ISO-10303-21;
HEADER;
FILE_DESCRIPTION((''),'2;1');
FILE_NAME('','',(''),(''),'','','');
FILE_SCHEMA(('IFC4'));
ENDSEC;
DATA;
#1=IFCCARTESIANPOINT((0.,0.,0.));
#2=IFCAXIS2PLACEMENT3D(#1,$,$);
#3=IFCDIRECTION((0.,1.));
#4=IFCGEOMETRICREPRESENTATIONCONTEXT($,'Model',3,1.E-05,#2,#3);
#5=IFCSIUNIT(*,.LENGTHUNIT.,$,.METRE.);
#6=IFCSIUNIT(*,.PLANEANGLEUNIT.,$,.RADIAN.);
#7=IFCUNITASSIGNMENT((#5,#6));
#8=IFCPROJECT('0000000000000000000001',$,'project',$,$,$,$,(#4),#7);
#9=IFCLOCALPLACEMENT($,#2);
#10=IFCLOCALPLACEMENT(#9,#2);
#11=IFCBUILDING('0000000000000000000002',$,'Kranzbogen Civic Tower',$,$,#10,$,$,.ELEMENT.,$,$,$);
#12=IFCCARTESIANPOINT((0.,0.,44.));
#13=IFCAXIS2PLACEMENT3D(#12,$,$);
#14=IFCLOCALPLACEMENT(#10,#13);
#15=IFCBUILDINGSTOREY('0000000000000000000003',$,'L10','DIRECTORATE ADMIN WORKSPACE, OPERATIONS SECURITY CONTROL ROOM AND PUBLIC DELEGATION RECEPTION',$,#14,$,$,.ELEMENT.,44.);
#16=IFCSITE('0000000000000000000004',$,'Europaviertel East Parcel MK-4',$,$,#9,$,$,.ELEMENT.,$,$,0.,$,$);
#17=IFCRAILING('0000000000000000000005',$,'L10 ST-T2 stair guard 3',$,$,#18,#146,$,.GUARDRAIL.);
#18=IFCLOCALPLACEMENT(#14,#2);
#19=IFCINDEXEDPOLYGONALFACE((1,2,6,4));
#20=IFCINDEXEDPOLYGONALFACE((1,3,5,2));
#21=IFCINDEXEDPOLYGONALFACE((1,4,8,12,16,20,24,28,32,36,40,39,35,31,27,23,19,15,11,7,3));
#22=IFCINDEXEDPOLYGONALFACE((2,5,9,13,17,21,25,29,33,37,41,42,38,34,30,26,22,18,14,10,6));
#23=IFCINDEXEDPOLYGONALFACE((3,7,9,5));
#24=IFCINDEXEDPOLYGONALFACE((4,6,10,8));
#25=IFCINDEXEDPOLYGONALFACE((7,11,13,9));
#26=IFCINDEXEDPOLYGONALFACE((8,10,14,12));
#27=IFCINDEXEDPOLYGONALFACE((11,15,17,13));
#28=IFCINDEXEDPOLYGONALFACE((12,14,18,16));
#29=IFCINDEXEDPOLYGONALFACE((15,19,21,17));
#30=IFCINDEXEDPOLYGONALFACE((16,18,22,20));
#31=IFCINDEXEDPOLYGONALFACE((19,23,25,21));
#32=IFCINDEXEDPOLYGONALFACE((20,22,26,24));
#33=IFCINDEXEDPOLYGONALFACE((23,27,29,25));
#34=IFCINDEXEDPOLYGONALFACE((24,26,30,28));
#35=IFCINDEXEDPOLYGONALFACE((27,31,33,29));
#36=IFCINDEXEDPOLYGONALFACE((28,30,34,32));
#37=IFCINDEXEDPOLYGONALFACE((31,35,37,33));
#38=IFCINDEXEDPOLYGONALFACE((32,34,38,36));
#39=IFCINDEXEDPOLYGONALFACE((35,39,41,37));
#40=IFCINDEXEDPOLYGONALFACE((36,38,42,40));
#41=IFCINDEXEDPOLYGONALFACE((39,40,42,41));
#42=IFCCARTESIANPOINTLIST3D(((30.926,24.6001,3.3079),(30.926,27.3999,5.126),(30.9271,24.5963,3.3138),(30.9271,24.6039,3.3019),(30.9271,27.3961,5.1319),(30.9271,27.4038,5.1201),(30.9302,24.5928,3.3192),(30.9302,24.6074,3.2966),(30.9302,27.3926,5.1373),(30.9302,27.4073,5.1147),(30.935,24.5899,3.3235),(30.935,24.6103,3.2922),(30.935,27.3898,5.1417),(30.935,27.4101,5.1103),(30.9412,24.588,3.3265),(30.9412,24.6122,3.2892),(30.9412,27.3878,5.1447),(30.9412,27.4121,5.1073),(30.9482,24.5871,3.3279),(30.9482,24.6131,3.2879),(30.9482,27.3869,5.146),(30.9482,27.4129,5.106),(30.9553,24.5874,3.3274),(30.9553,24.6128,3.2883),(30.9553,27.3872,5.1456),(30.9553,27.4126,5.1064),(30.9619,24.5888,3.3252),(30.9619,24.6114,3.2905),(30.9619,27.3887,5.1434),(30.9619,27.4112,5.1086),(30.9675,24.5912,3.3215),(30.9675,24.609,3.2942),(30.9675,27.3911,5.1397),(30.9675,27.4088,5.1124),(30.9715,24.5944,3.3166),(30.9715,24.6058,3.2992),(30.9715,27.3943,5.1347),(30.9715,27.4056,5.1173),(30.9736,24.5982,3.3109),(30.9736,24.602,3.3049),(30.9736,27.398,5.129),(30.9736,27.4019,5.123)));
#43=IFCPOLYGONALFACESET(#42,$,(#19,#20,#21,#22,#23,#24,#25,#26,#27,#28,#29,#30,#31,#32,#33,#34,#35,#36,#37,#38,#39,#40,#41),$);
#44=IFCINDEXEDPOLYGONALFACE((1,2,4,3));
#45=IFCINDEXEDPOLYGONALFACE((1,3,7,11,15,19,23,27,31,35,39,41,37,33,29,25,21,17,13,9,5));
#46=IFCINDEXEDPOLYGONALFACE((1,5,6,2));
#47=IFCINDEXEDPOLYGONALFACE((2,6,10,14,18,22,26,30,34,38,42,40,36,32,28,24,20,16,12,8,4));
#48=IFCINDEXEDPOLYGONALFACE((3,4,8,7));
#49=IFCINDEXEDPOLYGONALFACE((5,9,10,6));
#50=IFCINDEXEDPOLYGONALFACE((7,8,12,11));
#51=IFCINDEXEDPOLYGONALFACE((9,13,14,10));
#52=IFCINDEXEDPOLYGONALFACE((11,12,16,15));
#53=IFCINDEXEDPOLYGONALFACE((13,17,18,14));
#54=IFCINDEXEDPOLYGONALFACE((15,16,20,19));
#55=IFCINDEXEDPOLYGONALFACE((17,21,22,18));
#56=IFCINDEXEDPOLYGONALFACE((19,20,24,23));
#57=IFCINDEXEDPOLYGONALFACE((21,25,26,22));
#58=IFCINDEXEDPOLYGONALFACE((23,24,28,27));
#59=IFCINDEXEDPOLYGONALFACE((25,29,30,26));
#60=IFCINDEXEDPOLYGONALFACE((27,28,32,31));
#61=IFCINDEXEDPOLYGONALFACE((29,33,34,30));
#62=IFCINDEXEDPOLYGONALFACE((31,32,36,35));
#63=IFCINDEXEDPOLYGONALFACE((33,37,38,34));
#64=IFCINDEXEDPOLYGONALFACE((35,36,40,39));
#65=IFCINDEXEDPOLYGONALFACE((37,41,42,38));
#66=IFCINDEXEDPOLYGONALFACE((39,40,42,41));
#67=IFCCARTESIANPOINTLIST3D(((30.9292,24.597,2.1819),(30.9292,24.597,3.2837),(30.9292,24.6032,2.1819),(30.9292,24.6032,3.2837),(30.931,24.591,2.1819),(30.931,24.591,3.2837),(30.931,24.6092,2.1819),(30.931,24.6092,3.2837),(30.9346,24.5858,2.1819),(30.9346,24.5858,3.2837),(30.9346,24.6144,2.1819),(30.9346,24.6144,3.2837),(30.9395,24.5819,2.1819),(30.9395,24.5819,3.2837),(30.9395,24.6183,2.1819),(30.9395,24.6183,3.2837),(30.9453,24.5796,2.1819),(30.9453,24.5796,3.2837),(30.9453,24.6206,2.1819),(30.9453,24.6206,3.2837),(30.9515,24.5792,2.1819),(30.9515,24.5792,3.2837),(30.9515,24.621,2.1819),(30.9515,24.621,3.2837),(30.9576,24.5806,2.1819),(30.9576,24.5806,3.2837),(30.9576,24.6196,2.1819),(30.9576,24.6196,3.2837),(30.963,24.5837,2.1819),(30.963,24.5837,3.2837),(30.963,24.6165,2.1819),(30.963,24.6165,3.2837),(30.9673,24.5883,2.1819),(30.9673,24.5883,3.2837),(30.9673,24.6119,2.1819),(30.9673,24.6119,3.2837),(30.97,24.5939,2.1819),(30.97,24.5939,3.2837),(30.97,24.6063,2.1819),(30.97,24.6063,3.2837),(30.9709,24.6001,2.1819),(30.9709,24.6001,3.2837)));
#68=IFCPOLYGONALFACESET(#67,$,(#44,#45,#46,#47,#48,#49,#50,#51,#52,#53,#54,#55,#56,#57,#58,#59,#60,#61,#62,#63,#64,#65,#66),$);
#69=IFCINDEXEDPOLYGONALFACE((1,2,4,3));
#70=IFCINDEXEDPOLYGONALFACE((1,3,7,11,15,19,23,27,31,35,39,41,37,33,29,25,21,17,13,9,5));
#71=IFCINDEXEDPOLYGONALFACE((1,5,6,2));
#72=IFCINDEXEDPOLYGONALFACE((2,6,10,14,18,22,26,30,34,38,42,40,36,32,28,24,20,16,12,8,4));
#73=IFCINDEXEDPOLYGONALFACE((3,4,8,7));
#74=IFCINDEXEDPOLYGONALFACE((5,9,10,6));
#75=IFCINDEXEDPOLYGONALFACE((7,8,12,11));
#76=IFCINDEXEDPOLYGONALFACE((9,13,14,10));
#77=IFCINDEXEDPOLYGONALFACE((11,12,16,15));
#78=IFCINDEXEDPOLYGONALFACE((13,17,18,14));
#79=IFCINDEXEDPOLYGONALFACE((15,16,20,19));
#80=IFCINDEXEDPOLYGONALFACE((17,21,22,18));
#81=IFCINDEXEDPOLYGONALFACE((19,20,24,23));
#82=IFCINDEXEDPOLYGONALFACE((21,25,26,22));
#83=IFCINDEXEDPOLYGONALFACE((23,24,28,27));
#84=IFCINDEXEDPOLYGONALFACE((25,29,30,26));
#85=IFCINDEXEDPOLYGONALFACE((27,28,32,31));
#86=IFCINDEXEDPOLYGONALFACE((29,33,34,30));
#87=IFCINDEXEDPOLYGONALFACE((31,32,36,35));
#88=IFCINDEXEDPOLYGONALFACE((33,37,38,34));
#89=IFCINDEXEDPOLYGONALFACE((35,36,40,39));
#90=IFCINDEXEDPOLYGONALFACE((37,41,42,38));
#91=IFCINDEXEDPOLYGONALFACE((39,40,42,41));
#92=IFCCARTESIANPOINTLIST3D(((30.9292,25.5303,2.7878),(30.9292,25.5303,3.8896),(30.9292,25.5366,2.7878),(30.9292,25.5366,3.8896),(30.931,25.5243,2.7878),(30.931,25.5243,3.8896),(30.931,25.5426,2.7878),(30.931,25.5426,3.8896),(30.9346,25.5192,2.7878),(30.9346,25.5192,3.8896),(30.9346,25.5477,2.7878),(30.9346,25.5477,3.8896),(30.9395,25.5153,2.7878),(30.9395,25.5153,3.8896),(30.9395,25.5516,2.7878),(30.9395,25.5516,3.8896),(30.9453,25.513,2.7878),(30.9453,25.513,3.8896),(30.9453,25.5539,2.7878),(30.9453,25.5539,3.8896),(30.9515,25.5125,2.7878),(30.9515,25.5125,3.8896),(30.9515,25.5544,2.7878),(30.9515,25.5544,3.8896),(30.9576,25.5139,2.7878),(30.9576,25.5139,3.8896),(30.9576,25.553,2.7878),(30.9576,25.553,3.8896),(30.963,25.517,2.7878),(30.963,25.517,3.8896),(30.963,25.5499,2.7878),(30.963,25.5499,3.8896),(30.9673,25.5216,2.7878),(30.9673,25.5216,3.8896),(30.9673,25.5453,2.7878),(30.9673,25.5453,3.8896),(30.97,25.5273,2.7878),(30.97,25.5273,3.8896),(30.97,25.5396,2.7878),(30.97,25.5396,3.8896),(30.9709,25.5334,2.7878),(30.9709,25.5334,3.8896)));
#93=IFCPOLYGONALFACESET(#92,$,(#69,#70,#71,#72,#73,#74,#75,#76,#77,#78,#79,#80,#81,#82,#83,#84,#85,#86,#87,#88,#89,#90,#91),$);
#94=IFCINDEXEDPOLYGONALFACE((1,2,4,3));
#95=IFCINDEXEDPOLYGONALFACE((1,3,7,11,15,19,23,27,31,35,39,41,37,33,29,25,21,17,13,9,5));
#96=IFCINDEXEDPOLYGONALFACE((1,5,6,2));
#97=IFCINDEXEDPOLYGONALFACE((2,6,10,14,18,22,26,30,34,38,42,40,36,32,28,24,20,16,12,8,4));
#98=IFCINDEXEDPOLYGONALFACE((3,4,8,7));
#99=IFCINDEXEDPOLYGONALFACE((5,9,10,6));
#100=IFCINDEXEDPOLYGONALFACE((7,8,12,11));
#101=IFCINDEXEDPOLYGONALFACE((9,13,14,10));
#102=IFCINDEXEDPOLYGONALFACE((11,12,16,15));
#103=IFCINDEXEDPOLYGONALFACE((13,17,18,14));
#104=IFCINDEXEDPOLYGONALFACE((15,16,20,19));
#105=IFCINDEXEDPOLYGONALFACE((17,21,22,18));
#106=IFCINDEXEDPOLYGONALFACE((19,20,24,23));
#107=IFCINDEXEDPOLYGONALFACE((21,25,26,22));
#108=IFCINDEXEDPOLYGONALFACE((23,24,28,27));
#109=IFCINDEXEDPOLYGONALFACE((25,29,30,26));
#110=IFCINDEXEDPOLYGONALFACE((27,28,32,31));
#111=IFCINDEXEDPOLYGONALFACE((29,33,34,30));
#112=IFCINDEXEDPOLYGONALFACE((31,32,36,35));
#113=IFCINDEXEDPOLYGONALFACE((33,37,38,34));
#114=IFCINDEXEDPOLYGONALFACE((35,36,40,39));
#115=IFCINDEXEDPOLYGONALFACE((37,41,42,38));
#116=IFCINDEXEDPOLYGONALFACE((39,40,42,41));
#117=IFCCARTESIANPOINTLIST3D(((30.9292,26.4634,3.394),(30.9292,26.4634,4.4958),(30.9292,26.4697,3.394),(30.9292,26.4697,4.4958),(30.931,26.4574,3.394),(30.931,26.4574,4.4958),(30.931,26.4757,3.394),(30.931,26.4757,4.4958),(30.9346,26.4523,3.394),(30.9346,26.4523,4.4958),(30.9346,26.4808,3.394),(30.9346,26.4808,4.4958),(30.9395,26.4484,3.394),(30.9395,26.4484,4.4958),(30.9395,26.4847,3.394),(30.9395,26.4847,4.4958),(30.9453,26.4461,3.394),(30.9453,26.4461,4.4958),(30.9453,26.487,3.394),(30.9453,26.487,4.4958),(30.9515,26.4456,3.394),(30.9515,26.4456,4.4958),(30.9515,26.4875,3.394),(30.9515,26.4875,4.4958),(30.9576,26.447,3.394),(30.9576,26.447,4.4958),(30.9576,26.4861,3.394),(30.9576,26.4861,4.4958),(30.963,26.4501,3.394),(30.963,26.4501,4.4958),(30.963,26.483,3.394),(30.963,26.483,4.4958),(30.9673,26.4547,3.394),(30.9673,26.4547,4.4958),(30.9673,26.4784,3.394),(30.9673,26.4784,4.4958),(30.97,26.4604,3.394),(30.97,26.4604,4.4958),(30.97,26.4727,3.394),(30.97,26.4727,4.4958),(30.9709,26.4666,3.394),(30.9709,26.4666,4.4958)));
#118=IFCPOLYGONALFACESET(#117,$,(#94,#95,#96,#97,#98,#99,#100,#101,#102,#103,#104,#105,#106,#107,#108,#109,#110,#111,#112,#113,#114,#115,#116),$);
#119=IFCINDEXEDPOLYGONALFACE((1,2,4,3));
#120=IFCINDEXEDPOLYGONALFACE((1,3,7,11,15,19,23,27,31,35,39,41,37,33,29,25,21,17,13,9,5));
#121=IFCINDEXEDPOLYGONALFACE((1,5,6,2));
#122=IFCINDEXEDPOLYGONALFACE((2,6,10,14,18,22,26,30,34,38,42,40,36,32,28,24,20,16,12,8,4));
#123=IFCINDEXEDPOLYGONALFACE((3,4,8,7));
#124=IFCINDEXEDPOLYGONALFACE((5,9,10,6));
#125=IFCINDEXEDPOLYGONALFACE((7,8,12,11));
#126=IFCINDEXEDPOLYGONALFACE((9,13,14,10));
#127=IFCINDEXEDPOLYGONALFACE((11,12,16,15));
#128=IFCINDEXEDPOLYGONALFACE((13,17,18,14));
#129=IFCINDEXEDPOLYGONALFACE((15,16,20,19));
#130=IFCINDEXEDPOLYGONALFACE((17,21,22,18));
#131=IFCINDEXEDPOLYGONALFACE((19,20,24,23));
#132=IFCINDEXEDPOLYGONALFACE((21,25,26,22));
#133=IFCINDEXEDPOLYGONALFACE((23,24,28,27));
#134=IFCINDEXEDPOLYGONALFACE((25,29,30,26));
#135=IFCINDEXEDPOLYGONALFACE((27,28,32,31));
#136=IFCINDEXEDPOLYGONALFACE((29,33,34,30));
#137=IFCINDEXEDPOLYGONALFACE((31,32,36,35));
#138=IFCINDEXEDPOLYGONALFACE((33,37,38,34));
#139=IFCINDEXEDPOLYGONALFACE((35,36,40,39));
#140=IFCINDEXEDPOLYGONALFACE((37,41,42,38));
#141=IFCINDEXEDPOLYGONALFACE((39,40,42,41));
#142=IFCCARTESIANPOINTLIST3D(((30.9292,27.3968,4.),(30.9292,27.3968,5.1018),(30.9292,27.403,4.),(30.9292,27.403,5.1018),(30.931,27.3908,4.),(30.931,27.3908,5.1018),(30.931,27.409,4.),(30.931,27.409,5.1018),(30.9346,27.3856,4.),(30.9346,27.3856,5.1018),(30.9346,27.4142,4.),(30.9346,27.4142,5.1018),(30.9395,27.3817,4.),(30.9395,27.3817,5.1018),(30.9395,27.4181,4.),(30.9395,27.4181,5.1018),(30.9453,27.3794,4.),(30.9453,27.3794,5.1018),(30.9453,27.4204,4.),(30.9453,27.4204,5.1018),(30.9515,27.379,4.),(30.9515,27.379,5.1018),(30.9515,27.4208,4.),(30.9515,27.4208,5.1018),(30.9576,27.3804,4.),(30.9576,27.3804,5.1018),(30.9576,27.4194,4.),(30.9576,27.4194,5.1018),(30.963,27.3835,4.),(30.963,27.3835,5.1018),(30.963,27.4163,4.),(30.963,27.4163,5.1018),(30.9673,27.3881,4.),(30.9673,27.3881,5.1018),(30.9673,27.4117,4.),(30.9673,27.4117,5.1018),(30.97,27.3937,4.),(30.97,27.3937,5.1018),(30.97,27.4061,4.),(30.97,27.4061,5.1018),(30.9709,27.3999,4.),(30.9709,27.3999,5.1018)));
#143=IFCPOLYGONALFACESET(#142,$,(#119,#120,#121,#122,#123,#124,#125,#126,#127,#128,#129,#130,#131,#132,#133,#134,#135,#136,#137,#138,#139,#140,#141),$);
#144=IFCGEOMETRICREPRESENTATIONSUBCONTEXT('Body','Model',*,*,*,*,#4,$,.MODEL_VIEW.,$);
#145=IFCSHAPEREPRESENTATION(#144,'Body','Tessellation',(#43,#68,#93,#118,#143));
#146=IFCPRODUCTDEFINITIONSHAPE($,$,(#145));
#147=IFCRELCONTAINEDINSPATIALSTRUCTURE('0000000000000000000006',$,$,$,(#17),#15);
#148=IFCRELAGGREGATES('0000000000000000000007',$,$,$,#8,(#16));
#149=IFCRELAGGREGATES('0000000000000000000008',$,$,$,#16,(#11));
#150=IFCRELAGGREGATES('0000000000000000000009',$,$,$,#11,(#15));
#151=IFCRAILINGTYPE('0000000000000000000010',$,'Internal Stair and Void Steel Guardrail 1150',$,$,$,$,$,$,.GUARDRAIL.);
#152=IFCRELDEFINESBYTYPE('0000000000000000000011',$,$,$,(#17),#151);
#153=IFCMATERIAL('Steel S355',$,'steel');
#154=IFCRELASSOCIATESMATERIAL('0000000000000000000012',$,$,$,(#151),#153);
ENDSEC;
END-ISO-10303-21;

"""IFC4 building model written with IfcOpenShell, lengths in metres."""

from ifc_helpers import new_model, si_unit, direction, frame, origin, origin_2d, place, context, subcontext, project, spatial, circle, extrude, material, type_object, element, save


model = new_model("IFC4")

# Units and contexts
model_context = context("Model", 3, precision=1e-05, world=origin(), true_north=direction((0.0, 1.0)))
body_context = subcontext(model_context, "Body", "Model", "MODEL_VIEW")
ifc_project = project(units=[si_unit("LENGTHUNIT", "METRE"), si_unit("PLANEANGLEUNIT", "RADIAN")], contexts=[model_context])

# Site, building, storey
site_placement = place(None, origin())
site = spatial("IfcSite", under=ifc_project, at=site_placement, Name="Europaviertel East Parcel MK-4", CompositionType="ELEMENT", RefElevation=0.0)
building_placement = place(site_placement, origin())
building = spatial("IfcBuilding", under=site, at=building_placement, Name="Kranzbogen Civic Tower", CompositionType="ELEMENT")
storey_placement = place(building_placement, frame((0.0, 0.0, 44.0)))
storey = spatial("IfcBuildingStorey", under=building, at=storey_placement, Name="L10", Description="DIRECTORATE ADMIN WORKSPACE, OPERATIONS SECURITY CONTROL ROOM AND PUBLIC DELEGATION RECEPTION", CompositionType="ELEMENT", Elevation=44.0)

# Shared definitions
ifc_material_1 = material(Name="Steel S355", Category="steel")

# Railing
railing_type_1 = type_object("IfcRailingType", Name="Internal Stair and Void Steel Guardrail 1150", PredefinedType="GUARDRAIL", material=ifc_material_1)
railing_1_placement = place(storey_placement, frame((30.95, 24.6001, 2.1819)))
element("IfcRailing", 1, at=railing_1_placement, inside=storey, type_object=railing_type_1, Name="L10 ST-T2 stair guard 3", PredefinedType="GUARDRAIL", context=body_context, shape_type="SweptSolid", body=[
    extrude(circle(Radius=0.0239, at=origin_2d()), frame((0.0, 0.0, 1.126), z_axis=(0.0, 0.838684, 0.544618), x_axis=(-1.0, 0.0, 0.0)), (0.0, 0.0, 1.0), 3.3384),
    extrude(circle(Radius=0.021, at=origin_2d()), origin(), (0.0, 0.0, 1.0), 1.1018),
    extrude(circle(Radius=0.021, at=origin_2d()), frame((0.0, 0.9333, 0.606)), (0.0, 0.0, 1.0), 1.1018),
    extrude(circle(Radius=0.021, at=origin_2d()), frame((0.0, 1.8665, 1.2122)), (0.0, 0.0, 1.0), 1.1018),
    extrude(circle(Radius=0.021, at=origin_2d()), frame((0.0, 2.7998, 1.8181)), (0.0, 0.0, 1.0), 1.1018),
])

save(model, "model.ifc")
